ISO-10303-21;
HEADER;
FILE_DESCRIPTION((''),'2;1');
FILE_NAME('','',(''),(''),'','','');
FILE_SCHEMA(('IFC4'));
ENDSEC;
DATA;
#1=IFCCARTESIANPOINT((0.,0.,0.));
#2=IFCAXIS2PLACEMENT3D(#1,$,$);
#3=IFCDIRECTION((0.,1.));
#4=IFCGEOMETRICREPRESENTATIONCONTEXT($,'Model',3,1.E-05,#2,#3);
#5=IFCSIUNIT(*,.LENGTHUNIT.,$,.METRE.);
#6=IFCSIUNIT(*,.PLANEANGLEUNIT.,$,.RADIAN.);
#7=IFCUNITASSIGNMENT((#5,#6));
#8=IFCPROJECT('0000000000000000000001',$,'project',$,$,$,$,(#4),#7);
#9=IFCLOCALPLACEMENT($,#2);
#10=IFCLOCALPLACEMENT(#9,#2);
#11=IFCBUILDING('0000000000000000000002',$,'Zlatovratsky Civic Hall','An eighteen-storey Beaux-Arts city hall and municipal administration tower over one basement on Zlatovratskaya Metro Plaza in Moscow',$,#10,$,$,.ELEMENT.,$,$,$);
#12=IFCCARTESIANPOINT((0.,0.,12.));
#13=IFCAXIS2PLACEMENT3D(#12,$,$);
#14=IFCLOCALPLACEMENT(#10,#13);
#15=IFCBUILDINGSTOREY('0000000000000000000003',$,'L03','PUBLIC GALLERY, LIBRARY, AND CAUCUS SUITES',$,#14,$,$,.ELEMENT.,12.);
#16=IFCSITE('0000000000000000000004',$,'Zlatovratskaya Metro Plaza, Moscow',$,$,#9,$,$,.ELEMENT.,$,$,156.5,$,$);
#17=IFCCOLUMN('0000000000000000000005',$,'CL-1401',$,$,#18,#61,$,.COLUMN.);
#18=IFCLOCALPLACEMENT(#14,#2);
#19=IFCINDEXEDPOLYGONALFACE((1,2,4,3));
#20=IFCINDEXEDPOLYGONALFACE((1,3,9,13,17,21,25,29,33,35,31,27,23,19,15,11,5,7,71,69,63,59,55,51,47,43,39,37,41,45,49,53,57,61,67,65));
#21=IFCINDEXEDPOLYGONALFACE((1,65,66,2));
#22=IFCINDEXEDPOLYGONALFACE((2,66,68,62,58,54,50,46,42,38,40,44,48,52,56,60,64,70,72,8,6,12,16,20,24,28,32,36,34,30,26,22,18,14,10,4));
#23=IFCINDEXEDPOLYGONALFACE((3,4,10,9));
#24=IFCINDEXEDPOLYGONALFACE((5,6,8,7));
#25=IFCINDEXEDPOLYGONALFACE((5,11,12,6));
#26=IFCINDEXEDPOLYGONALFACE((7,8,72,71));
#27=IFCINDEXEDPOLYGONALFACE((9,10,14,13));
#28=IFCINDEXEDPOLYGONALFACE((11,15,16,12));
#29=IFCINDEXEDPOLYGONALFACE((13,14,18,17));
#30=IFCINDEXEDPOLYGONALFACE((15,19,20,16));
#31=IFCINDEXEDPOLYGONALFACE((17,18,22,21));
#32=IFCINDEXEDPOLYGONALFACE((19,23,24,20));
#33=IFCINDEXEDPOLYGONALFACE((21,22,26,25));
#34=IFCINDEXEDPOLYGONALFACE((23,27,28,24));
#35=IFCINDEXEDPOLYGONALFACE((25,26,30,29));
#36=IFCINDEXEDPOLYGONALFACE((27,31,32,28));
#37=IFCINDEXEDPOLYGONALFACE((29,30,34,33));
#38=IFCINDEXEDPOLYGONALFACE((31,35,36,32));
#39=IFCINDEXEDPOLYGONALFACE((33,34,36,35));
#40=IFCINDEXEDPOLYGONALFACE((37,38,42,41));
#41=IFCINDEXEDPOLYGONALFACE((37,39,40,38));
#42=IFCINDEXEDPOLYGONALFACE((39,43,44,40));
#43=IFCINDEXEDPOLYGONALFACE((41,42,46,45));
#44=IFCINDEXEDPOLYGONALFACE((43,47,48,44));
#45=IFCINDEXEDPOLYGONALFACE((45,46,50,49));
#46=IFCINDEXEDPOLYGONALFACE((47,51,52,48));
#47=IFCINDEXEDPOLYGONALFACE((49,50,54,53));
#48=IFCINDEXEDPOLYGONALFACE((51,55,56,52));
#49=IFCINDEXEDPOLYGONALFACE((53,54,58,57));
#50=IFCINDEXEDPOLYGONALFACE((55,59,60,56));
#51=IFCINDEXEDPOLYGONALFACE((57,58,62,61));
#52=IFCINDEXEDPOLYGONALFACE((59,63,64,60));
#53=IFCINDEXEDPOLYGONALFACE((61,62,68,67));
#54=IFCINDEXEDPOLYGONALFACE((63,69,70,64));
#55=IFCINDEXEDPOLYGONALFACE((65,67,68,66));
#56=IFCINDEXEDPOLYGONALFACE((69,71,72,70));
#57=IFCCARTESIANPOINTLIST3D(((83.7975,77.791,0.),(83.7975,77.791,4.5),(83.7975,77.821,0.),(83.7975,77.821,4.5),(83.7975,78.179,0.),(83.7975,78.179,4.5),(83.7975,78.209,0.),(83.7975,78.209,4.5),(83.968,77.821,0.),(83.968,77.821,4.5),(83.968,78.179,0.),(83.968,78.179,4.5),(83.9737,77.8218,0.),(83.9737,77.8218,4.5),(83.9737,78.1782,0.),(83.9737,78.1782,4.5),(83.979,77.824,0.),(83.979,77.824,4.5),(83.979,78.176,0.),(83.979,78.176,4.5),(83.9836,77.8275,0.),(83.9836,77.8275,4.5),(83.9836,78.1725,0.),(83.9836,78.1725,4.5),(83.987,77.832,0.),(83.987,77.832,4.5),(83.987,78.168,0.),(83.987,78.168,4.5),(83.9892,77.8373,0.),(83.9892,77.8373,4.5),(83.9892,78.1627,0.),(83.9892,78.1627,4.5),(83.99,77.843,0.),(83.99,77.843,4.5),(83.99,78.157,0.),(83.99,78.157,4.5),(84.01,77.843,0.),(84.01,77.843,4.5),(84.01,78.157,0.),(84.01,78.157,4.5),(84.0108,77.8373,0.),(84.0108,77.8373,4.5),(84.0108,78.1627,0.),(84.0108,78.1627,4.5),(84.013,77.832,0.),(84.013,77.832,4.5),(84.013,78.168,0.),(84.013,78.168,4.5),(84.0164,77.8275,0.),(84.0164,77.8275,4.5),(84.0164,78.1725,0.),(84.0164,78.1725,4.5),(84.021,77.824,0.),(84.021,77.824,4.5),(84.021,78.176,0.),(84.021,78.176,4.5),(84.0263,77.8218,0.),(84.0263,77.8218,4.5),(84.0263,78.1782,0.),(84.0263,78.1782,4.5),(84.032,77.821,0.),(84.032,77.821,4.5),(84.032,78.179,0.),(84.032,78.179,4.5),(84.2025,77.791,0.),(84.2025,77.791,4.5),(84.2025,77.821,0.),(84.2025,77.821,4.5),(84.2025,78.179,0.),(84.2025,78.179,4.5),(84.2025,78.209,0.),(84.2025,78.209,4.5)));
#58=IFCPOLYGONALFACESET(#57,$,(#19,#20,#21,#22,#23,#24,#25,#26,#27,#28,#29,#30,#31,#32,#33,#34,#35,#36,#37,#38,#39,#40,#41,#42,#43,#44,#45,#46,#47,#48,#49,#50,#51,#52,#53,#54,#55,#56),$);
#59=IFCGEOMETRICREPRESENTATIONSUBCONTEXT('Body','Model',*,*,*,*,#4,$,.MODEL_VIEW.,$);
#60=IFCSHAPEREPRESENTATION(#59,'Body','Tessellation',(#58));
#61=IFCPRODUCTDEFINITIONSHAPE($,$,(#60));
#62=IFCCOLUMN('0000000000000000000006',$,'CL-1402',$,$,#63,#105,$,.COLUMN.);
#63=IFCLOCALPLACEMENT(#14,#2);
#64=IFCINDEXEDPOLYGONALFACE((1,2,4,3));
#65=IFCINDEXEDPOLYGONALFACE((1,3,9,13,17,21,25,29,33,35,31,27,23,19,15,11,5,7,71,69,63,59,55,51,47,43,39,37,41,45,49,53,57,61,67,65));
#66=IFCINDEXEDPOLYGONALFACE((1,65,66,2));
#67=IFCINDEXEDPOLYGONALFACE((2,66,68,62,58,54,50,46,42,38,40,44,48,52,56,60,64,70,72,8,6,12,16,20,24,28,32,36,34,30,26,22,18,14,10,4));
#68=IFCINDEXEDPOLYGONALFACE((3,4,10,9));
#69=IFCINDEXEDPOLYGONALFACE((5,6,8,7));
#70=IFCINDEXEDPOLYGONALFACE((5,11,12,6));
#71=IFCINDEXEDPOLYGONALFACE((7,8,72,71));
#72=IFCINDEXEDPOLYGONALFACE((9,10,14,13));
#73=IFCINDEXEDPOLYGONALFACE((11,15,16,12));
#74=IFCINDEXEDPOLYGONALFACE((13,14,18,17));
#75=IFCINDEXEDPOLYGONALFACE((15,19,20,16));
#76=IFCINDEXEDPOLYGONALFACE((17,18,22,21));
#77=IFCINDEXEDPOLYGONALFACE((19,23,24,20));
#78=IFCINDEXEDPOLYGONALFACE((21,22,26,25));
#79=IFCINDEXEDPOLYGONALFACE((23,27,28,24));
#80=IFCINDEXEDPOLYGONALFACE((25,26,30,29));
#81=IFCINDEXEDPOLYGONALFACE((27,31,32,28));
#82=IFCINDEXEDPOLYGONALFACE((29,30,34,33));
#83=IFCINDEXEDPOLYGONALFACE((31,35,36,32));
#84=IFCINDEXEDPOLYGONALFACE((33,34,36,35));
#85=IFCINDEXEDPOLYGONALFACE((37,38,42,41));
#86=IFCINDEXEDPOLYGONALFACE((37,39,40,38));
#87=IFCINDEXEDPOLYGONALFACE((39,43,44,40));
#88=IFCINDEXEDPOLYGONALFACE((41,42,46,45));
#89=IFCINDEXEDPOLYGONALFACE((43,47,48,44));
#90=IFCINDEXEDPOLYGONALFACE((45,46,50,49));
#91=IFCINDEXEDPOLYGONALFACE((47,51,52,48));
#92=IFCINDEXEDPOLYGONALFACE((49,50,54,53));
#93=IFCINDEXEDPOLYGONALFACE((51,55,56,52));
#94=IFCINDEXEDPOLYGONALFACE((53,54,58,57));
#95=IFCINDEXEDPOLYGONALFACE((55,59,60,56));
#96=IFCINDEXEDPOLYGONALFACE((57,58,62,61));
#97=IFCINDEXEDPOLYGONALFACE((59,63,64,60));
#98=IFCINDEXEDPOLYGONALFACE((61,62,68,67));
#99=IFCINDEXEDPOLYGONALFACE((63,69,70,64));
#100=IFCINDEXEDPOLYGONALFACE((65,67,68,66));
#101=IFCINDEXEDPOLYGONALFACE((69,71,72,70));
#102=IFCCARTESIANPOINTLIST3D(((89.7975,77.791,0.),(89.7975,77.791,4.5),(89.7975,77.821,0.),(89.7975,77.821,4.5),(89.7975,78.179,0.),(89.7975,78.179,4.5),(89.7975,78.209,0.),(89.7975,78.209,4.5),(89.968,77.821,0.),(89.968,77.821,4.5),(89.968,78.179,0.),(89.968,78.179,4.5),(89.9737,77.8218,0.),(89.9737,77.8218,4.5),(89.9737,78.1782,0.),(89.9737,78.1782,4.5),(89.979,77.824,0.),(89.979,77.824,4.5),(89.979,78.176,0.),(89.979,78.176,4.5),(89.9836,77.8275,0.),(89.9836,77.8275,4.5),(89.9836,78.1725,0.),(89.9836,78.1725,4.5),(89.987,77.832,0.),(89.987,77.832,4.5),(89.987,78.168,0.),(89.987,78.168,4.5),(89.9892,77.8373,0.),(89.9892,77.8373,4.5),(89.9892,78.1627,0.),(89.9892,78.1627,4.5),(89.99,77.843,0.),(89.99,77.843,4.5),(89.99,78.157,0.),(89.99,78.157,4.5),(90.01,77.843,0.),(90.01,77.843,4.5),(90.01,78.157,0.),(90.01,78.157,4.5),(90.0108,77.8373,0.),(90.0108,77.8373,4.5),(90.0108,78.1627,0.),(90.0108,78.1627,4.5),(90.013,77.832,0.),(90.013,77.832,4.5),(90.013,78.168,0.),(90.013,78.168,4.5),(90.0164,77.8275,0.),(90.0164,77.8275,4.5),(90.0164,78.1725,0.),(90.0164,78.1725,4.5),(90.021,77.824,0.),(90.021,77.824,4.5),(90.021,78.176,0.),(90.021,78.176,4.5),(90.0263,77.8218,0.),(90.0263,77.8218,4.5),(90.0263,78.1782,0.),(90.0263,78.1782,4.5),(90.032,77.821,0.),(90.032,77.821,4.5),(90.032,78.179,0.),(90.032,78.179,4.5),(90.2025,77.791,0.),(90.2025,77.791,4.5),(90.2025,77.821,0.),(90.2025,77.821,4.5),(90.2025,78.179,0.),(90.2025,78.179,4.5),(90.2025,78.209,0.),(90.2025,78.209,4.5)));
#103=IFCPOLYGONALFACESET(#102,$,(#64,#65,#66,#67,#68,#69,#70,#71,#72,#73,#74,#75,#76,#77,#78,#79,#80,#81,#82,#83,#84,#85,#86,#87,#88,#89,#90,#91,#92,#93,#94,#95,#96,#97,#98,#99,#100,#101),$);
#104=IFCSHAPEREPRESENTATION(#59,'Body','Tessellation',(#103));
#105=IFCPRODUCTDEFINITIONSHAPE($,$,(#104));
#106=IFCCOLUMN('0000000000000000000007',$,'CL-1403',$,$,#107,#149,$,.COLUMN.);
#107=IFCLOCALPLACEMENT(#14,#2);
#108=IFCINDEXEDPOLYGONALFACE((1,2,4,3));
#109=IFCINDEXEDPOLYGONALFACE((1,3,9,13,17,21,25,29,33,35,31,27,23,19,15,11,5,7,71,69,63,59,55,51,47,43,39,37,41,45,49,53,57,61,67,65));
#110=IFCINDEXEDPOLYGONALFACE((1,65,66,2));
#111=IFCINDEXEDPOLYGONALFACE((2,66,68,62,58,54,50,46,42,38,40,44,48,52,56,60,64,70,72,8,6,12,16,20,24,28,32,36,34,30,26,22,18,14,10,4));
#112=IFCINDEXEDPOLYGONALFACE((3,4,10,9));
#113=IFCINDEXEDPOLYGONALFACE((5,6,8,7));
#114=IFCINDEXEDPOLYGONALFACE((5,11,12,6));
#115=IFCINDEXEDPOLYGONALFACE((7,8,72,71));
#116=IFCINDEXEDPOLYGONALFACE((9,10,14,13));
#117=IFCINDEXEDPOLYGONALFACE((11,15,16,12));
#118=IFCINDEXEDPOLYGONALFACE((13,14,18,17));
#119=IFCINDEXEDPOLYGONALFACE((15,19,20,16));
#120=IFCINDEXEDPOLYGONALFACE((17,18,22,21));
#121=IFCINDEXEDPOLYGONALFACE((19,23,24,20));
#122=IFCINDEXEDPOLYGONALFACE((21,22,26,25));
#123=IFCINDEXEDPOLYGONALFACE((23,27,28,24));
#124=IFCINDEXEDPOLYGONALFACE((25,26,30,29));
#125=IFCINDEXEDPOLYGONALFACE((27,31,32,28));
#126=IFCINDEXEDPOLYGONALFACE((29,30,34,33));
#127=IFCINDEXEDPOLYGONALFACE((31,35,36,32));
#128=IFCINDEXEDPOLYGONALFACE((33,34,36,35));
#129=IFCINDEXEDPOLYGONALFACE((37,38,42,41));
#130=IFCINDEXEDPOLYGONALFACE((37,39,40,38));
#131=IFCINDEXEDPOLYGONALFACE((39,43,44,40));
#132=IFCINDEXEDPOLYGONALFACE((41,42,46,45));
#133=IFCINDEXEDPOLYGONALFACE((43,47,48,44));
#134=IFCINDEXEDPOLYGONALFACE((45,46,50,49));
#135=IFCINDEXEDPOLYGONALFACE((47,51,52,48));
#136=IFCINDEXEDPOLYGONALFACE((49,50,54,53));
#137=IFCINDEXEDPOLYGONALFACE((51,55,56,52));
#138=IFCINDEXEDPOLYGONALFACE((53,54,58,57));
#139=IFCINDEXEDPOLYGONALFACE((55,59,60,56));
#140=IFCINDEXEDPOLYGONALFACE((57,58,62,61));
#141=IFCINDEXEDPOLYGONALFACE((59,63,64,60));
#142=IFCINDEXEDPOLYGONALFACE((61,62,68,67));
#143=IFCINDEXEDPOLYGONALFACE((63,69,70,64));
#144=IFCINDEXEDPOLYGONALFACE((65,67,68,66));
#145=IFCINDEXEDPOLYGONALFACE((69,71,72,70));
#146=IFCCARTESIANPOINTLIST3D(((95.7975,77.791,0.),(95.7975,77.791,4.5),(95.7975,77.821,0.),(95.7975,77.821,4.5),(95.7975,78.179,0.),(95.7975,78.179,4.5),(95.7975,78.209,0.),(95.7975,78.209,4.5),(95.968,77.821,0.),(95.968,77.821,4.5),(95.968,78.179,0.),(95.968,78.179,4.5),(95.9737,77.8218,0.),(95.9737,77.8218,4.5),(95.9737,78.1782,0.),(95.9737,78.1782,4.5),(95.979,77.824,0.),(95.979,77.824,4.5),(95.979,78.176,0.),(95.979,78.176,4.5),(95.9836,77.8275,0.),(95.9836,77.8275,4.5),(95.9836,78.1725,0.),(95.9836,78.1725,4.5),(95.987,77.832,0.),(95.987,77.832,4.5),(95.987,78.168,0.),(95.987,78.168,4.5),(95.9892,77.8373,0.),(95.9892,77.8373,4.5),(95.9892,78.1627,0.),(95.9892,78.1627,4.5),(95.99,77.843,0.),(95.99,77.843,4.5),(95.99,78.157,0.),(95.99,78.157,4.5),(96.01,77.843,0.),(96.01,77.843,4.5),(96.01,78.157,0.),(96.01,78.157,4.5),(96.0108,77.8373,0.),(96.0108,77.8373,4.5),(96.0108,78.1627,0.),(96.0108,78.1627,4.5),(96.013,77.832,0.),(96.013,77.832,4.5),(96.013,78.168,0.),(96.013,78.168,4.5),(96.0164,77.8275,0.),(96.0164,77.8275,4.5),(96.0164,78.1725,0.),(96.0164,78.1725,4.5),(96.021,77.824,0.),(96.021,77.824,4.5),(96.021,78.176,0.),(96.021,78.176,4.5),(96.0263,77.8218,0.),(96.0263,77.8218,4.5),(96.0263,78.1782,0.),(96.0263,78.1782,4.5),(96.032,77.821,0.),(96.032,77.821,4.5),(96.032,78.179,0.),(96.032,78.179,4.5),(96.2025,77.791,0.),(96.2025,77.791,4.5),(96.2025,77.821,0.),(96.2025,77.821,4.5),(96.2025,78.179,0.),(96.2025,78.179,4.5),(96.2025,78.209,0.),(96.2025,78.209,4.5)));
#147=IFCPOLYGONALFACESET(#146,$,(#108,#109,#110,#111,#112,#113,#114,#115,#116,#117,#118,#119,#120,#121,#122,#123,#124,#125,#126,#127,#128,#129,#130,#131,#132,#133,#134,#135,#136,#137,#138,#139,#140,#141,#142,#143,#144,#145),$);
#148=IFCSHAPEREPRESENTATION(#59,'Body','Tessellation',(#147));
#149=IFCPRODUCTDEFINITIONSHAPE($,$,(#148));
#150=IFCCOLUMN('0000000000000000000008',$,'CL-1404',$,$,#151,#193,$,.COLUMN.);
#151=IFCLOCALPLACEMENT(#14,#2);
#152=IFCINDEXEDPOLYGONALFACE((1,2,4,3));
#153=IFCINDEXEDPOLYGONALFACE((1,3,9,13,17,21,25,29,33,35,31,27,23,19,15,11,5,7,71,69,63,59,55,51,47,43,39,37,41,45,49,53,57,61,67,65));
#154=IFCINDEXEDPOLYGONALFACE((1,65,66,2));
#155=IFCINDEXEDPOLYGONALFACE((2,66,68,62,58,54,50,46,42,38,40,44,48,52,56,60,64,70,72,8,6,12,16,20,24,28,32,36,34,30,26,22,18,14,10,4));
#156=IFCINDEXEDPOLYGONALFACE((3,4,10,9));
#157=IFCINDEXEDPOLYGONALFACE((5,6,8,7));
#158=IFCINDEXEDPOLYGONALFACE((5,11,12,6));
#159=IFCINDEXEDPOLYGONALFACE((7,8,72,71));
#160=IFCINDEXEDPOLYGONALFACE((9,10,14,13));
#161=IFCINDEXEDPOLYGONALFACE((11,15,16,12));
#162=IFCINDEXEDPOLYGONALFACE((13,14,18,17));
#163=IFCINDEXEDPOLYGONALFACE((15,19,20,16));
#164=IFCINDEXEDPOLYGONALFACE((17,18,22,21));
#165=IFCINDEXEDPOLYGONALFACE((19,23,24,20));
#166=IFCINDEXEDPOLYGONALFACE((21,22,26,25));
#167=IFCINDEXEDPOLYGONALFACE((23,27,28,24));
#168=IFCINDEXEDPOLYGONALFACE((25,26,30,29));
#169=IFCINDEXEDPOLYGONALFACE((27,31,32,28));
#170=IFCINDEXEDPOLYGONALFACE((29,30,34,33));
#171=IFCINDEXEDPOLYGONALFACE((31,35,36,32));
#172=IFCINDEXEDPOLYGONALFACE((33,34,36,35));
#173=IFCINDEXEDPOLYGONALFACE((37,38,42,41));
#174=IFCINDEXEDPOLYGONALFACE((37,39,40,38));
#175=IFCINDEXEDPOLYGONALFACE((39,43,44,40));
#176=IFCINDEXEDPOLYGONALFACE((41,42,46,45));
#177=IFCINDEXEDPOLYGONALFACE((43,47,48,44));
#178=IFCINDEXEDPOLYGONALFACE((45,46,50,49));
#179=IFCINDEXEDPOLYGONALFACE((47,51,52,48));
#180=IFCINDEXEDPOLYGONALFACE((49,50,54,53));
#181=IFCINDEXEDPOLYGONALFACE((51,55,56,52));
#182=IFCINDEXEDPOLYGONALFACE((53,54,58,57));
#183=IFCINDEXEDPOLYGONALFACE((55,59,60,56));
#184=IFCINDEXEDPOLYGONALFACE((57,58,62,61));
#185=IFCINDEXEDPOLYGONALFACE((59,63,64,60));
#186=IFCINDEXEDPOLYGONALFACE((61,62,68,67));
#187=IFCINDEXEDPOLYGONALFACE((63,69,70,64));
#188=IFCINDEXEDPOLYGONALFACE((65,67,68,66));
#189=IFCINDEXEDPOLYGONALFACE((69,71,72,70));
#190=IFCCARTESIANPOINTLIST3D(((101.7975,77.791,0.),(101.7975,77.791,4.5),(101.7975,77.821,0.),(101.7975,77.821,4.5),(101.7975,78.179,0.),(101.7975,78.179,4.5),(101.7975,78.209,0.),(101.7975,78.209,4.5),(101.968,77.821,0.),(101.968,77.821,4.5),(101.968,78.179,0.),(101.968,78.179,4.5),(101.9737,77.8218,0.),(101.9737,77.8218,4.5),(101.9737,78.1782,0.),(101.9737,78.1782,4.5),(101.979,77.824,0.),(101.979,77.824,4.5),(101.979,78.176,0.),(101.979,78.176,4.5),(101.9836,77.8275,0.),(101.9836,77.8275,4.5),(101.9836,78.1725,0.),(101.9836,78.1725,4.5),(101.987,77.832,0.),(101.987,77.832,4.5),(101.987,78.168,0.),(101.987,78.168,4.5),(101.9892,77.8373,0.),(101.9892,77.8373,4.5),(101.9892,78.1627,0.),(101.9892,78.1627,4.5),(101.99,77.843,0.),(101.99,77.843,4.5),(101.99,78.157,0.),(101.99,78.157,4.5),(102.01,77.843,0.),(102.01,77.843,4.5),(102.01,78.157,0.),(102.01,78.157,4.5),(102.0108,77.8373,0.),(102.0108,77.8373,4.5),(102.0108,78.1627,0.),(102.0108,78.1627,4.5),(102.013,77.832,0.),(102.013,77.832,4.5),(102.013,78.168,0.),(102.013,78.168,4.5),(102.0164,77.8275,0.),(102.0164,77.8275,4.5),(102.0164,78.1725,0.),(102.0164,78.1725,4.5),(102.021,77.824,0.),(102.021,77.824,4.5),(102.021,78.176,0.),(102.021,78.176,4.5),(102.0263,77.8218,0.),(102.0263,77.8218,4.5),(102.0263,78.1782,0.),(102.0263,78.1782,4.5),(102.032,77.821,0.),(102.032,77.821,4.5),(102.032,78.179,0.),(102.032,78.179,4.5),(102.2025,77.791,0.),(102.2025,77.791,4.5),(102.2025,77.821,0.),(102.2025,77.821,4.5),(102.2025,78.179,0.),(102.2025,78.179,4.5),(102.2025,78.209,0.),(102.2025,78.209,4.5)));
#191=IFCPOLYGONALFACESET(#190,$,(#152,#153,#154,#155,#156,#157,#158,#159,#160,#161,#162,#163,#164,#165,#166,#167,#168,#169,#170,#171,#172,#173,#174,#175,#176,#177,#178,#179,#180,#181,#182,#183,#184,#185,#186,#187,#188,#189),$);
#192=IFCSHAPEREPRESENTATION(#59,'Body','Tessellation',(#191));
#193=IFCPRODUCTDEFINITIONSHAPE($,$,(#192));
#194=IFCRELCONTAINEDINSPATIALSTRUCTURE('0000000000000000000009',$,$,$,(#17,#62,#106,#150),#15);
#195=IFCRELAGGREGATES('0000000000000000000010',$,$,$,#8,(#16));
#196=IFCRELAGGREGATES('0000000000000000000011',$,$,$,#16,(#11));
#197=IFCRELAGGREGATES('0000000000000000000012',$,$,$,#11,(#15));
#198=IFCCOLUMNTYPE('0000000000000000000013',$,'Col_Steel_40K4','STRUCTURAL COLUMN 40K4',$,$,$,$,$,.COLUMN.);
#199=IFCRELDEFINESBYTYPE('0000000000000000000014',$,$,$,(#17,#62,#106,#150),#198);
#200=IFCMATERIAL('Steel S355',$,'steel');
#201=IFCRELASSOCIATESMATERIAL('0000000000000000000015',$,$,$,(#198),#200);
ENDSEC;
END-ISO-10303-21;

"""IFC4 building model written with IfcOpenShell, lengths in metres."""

from ifc_helpers import new_model, si_unit, direction, frame, origin, origin_2d, place, context, subcontext, project, spatial, i_section, extrude, material, material_profile, profile_set, type_object, element, save


model = new_model("IFC4")

# Units and contexts
model_context = context("Model", 3, precision=1e-05, world=origin(), true_north=direction((0.0, 1.0)))
body_context = subcontext(model_context, "Body", "Model", "MODEL_VIEW")
ifc_project = project(units=[si_unit("LENGTHUNIT", "METRE"), si_unit("PLANEANGLEUNIT", "RADIAN")], contexts=[model_context])

# Site, building, storey
site_placement = place(None, origin())
site = spatial("IfcSite", under=ifc_project, at=site_placement, Name="Zlatovratskaya Metro Plaza, Moscow", CompositionType="ELEMENT", RefElevation=156.5)
building_placement = place(site_placement, origin())
building = spatial("IfcBuilding", under=site, at=building_placement, Name="Zlatovratsky Civic Hall", Description="An eighteen-storey Beaux-Arts city hall and municipal administration tower over one basement on Zlatovratskaya Metro Plaza in Moscow", CompositionType="ELEMENT")
storey_placement = place(building_placement, frame((0.0, 0.0, 12.0)))
storey = spatial("IfcBuildingStorey", under=building, at=storey_placement, Name="L03", Description="PUBLIC GALLERY, LIBRARY, AND CAUCUS SUITES", CompositionType="ELEMENT", Elevation=12.0)

# Columns
ifc_material_1 = material(Name="Steel S355", Category="steel")
ifc_material_profile_1 = material_profile(ifc_material_1, i_section(OverallWidth=0.405, OverallDepth=0.418, WebThickness=0.02, FlangeThickness=0.03, FilletRadius=0.022, at=origin_2d()), Name="40K4")
ifc_profile_set_1 = profile_set([ifc_material_profile_1], Name="Steel S355")
column_type_1 = type_object("IfcColumnType", Name="Col_Steel_40K4", Description="STRUCTURAL COLUMN 40K4", PredefinedType="COLUMN", material=ifc_profile_set_1)
for number, where, z_axis, x_axis, name in (
    (1, (84.0, 78.0, 0.0), (0.0, 0.0, 1.0), (1.0, 0.0, 0.0), "CL-1401"),
    (2, (90.0, 78.0, 0.0), (0.0, 0.0, 1.0), (1.0, 0.0, 0.0), "CL-1402"),
    (3, (96.0, 78.0, 0.0), (0.0, 0.0, 1.0), (1.0, 0.0, 0.0), "CL-1403"),
    (4, (102.0, 78.0, 0.0), (0.0, 0.0, 1.0), (1.0, 0.0, 0.0), "CL-1404"),
):
    element("IfcColumn", number, at=place(storey_placement, frame(where, z_axis=z_axis, x_axis=x_axis)), inside=storey, type_object=column_type_1, Name=name, PredefinedType="COLUMN", context=body_context, shape_type="SweptSolid", body=[
        extrude(i_section(OverallWidth=0.405, OverallDepth=0.418, WebThickness=0.02, FlangeThickness=0.03, FilletRadius=0.022, at=origin_2d()), origin(), (0.0, 0.0, 1.0), 4.5),
    ])

save(model, "model.ifc")
